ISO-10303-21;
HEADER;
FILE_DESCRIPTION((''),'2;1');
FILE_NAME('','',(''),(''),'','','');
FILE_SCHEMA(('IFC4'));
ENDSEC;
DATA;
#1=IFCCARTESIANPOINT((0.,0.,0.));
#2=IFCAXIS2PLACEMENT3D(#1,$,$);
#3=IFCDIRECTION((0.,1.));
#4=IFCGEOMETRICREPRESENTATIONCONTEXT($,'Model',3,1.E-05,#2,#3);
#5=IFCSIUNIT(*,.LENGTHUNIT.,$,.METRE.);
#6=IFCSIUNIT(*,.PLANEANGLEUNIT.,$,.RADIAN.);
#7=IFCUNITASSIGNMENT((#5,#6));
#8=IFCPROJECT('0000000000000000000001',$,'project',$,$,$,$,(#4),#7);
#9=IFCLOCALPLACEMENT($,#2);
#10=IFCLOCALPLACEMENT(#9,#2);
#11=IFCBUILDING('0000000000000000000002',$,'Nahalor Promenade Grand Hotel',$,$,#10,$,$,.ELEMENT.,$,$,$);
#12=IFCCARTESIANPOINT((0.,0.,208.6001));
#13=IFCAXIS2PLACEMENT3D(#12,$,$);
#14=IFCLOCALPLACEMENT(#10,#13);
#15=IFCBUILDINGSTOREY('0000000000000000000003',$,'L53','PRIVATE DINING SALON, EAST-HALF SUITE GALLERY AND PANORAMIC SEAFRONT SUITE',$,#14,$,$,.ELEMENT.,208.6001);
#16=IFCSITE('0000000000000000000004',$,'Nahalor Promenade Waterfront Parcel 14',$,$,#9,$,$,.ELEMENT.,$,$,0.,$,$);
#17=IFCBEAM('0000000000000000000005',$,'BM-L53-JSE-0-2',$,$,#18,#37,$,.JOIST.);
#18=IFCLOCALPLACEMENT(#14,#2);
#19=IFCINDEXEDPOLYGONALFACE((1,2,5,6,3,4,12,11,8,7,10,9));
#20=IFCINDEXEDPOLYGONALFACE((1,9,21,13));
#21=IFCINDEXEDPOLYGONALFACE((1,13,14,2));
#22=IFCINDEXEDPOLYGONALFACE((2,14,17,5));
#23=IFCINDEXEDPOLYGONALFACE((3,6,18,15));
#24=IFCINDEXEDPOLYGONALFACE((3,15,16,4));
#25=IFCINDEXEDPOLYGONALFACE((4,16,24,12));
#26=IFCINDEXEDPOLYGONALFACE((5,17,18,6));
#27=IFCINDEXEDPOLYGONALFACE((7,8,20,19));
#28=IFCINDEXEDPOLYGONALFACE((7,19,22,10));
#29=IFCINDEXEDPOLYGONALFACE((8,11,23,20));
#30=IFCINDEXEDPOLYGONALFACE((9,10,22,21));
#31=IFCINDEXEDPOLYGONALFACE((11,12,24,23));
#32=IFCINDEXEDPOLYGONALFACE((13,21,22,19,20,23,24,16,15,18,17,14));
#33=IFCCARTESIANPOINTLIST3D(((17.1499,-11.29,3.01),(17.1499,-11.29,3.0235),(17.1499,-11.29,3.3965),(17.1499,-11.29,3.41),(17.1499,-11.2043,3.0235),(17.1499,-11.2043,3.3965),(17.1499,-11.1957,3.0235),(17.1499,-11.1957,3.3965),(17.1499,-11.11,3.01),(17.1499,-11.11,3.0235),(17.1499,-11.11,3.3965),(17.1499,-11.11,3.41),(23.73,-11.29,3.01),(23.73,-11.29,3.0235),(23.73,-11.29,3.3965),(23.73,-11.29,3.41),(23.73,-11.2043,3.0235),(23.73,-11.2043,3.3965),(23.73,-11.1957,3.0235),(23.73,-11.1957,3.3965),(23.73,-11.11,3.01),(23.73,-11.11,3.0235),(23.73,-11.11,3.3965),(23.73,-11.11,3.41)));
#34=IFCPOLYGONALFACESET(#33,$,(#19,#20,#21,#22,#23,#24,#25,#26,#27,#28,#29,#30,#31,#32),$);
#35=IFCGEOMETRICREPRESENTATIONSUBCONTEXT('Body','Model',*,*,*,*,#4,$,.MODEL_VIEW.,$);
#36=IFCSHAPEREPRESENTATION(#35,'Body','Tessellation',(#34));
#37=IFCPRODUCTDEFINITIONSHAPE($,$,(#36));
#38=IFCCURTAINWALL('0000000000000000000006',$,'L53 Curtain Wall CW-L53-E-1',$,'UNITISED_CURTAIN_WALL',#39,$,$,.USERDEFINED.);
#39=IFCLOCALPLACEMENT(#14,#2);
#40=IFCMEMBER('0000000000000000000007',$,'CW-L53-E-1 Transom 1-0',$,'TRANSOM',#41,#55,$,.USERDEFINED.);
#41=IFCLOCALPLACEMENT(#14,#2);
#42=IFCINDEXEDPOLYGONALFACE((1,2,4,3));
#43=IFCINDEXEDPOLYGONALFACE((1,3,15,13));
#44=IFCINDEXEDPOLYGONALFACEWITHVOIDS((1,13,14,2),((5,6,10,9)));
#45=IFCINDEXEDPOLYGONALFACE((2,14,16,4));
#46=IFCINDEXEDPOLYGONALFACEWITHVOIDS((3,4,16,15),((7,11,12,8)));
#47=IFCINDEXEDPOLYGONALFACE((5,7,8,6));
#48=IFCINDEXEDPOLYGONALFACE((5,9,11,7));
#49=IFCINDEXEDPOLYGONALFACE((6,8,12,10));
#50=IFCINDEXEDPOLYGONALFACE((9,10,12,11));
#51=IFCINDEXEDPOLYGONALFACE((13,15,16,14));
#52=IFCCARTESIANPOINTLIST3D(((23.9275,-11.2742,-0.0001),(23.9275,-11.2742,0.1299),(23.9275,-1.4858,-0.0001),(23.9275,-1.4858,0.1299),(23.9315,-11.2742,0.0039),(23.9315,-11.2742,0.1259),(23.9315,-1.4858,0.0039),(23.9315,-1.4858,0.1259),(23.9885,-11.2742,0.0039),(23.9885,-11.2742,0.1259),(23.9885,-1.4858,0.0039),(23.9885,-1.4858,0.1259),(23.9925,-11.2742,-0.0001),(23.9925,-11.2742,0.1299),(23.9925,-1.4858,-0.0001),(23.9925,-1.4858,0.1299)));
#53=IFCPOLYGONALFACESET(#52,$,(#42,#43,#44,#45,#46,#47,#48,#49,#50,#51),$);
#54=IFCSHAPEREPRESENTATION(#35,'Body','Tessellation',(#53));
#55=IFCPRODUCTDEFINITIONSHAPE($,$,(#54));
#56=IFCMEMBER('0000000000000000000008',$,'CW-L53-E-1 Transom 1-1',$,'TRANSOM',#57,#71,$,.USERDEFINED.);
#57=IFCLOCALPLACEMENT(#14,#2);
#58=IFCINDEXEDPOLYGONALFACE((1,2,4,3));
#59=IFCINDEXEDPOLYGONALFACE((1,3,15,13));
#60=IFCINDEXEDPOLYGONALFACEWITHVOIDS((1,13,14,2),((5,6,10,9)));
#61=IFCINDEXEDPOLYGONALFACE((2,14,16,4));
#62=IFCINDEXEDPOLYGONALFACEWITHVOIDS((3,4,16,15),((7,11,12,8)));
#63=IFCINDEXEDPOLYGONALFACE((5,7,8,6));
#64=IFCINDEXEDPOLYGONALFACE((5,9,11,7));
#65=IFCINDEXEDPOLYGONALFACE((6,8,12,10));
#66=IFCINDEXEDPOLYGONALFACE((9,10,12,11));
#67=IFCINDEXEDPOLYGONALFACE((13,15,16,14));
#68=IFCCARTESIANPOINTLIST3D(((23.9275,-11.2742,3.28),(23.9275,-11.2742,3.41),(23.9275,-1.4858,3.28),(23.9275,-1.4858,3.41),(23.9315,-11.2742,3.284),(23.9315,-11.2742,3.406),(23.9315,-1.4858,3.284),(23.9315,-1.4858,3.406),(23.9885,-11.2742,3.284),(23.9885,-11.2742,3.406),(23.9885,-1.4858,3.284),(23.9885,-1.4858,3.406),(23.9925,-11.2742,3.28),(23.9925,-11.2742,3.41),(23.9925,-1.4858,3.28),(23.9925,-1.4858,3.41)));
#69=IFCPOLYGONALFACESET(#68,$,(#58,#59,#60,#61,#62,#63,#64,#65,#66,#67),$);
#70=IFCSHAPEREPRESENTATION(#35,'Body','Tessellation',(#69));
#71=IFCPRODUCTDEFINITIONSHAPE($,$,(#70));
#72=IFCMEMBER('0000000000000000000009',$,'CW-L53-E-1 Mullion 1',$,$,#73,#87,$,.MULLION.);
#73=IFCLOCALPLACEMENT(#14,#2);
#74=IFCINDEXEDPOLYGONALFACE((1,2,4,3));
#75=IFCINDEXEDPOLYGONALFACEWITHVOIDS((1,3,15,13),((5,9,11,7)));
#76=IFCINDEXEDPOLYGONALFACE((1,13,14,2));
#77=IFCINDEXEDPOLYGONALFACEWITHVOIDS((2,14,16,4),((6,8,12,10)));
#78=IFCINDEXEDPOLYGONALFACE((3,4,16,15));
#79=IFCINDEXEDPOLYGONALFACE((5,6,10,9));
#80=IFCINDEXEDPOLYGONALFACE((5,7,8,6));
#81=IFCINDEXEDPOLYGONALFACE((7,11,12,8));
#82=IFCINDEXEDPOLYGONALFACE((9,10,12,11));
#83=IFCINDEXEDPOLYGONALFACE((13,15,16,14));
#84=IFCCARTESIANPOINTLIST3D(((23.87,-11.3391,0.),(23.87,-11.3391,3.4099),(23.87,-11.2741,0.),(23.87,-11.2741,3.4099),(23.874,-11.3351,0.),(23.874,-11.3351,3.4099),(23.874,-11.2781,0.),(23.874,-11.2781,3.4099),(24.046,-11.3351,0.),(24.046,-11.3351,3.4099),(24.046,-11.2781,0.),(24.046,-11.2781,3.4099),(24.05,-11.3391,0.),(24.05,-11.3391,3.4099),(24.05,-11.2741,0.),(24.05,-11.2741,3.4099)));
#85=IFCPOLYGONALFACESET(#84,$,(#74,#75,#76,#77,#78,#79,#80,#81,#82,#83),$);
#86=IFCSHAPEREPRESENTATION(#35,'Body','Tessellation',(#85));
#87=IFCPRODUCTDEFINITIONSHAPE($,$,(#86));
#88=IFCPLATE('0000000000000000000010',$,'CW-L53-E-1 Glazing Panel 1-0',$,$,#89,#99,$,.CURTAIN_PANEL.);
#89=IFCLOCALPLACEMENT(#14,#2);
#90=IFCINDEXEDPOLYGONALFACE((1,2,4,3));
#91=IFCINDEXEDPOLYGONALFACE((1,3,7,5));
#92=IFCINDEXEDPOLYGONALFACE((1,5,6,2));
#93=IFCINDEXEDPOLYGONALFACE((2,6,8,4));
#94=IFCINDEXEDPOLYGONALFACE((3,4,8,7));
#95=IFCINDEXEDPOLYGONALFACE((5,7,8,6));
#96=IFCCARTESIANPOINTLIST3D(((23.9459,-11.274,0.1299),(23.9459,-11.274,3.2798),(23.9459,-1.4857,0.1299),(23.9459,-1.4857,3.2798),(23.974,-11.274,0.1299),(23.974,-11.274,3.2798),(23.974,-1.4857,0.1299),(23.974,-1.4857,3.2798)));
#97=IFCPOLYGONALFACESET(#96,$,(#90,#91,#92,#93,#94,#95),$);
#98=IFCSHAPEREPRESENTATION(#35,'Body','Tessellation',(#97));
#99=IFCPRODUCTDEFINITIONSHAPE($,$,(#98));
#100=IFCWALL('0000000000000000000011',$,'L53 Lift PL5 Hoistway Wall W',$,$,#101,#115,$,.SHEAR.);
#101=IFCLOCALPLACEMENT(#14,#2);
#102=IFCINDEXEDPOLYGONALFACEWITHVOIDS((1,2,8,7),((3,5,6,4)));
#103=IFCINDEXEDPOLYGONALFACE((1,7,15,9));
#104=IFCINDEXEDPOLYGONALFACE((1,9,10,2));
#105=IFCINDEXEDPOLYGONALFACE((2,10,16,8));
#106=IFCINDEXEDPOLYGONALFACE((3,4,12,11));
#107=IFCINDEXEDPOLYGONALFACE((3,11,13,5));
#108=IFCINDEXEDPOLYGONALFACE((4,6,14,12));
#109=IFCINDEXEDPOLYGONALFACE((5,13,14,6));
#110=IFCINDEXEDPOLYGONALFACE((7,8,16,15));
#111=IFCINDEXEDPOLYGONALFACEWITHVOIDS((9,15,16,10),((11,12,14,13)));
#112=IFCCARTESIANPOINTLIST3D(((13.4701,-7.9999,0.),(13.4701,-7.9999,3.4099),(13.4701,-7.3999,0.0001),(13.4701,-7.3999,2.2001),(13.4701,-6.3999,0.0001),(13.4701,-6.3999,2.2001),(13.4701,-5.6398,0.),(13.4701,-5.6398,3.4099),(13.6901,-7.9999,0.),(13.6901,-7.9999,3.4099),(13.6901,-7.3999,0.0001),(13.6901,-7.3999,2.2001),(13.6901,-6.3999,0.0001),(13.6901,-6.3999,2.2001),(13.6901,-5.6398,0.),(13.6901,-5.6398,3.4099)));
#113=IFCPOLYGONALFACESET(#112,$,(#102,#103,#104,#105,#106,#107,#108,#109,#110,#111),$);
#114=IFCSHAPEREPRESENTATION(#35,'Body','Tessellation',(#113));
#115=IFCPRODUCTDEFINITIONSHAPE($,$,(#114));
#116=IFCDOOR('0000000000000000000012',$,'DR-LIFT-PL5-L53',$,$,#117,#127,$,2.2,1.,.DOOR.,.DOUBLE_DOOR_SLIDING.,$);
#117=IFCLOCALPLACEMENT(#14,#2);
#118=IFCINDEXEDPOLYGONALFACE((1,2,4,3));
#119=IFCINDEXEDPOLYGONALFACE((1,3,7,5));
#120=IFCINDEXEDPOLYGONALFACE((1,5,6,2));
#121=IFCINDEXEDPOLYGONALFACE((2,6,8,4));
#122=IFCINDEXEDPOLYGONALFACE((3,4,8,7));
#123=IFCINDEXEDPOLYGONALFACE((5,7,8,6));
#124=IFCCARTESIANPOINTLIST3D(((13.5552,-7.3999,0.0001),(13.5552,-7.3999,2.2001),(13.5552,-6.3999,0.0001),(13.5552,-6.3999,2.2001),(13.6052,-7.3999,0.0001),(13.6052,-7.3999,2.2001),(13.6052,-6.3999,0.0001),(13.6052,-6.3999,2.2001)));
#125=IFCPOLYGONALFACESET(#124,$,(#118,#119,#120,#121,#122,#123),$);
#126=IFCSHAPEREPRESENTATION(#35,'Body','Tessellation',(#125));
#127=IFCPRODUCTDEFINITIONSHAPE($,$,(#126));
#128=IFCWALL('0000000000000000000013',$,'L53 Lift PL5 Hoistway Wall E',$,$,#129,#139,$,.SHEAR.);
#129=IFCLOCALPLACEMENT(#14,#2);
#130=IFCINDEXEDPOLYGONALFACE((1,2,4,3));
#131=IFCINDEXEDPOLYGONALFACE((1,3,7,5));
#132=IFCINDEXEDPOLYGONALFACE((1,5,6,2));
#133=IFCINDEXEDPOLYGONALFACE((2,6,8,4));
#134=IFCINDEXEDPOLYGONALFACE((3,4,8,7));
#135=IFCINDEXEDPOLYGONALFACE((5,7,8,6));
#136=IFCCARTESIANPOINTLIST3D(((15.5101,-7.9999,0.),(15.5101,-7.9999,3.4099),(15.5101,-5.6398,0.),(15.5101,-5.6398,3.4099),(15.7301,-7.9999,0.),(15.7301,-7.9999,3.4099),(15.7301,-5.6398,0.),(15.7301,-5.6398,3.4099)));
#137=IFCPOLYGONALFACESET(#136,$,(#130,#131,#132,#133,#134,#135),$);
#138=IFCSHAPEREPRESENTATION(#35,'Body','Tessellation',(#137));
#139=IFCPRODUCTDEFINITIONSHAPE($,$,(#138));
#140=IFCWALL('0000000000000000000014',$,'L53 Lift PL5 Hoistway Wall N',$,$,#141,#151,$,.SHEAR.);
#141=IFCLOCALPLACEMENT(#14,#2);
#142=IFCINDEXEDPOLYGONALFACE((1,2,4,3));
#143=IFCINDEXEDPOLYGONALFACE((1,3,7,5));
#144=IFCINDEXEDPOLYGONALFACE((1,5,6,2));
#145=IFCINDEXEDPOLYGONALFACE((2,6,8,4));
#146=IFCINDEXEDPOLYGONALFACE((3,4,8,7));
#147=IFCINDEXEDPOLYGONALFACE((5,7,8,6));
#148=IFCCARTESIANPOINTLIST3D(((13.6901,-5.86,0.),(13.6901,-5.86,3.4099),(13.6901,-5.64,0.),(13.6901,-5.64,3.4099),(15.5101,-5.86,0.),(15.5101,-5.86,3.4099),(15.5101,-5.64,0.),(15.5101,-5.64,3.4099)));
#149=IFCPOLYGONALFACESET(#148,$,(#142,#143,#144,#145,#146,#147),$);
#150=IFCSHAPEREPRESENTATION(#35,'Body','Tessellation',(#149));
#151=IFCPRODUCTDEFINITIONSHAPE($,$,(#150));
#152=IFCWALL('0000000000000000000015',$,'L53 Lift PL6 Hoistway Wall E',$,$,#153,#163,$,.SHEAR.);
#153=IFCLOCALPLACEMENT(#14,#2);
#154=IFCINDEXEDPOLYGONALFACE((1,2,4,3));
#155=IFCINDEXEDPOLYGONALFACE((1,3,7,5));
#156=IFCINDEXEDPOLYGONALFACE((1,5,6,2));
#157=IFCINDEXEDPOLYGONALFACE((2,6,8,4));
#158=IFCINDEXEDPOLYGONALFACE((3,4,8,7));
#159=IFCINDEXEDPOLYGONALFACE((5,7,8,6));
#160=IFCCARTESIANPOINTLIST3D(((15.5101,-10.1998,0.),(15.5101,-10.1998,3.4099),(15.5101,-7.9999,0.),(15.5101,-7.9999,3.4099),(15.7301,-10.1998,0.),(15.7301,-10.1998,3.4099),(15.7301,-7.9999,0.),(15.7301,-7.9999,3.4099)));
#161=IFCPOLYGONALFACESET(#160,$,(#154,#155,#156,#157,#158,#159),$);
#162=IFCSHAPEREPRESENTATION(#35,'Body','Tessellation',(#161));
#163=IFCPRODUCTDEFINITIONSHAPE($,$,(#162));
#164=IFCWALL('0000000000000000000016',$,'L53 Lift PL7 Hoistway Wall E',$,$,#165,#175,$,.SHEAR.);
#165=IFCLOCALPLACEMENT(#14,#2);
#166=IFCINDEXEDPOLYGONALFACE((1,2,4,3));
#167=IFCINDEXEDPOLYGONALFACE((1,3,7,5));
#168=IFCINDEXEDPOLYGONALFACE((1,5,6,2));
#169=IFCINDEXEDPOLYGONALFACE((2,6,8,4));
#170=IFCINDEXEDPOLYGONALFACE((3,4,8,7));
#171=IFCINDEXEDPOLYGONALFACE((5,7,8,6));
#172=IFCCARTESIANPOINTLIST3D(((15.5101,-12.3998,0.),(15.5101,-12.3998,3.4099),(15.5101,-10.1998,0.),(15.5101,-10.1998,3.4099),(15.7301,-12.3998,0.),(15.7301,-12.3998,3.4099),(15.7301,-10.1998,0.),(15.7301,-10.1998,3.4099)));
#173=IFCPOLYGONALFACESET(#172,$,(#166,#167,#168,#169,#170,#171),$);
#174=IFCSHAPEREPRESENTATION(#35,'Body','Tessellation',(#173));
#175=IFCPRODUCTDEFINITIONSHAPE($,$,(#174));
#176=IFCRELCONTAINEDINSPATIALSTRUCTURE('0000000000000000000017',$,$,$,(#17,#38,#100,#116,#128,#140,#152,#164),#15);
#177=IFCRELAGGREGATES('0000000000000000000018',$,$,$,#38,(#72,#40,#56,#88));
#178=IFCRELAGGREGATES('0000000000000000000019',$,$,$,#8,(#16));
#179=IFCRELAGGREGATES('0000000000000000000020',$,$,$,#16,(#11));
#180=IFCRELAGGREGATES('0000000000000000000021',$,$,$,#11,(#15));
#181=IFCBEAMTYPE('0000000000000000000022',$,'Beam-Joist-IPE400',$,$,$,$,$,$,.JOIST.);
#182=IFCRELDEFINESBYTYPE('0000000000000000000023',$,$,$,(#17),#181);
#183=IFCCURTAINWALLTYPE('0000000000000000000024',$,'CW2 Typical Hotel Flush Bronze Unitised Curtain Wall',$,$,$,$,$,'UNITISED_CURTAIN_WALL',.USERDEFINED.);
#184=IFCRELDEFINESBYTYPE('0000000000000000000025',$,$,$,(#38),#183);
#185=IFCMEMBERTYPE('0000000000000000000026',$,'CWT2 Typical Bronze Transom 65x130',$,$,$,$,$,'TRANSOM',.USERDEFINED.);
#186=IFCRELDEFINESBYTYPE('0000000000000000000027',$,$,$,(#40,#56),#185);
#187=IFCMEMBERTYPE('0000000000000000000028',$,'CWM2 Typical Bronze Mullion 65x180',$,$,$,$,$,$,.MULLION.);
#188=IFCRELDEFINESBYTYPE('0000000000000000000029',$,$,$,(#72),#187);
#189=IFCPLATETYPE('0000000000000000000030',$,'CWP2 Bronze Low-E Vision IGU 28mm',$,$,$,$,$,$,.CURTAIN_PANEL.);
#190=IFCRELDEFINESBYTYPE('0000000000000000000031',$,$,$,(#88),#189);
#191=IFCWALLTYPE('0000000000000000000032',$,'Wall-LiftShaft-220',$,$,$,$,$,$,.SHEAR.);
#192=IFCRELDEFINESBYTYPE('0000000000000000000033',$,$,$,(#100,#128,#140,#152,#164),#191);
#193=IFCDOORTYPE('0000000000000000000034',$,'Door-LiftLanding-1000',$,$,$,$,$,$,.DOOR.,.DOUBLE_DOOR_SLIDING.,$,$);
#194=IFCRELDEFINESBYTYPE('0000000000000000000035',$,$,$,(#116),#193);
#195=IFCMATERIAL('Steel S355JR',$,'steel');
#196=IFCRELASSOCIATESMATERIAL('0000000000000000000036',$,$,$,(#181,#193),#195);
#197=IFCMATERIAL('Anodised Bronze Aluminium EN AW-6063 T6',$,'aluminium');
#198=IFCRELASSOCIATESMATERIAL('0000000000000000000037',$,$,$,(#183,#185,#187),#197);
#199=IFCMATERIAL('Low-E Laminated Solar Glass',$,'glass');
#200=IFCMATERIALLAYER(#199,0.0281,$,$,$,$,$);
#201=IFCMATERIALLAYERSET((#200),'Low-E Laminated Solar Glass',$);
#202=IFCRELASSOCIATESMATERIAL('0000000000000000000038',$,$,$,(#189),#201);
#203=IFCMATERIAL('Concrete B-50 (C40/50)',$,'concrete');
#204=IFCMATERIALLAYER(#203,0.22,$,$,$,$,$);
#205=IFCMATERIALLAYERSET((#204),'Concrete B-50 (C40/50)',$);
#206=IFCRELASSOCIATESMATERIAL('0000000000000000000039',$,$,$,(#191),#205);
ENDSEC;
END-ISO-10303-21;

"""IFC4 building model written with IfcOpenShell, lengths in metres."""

from ifc_helpers import new_model, si_unit, direction, frame, frame_2d, origin, origin_2d, place, context, subcontext, project, spatial, rectangle, hollow_rectangle, i_section, extrude, source, transform, mapped, material, layer, layer_set, material_profile, profile_set, type_object, element, fill, aggregate, save


model = new_model("IFC4")

# Units and contexts
model_context = context("Model", 3, precision=1e-05, world=origin(), true_north=direction((0.0, 1.0)))
body_context = subcontext(model_context, "Body", "Model", "MODEL_VIEW")
ifc_project = project(units=[si_unit("LENGTHUNIT", "METRE"), si_unit("PLANEANGLEUNIT", "RADIAN")], contexts=[model_context])

# Site, building, storey
site_placement = place(None, origin())
site = spatial("IfcSite", under=ifc_project, at=site_placement, Name="Nahalor Promenade Waterfront Parcel 14", CompositionType="ELEMENT", RefElevation=0.0)
building_placement = place(site_placement, origin())
building = spatial("IfcBuilding", under=site, at=building_placement, Name="Nahalor Promenade Grand Hotel", CompositionType="ELEMENT")
storey_placement = place(building_placement, frame((0.0, 0.0, 208.6001)))
storey = spatial("IfcBuildingStorey", under=building, at=storey_placement, Name="L53", Description="PRIVATE DINING SALON, EAST-HALF SUITE GALLERY AND PANORAMIC SEAFRONT SUITE", CompositionType="ELEMENT", Elevation=208.6001)

# Shared definitions
ifc_material_1 = material(Name="Steel S355JR", Category="steel")

# Beam
ifc_material_profile_1 = material_profile(ifc_material_1, i_section(OverallWidth=0.18, OverallDepth=0.4, WebThickness=0.0086, FlangeThickness=0.0135, at=origin_2d()), Name="IPE 400")
ifc_profile_set_1 = profile_set([ifc_material_profile_1], Name="Steel S355JR")
beam_type_1 = type_object("IfcBeamType", Name="Beam-Joist-IPE400", PredefinedType="JOIST", material=ifc_profile_set_1)
shared_shape_1 = source(origin(), body_context, "Body", "SweptSolid", [
    extrude(i_section(OverallWidth=0.18, OverallDepth=0.4, WebThickness=0.0086, FlangeThickness=0.0135, at=origin_2d()), origin(), (0.0, 0.0, 1.0), 6.5801),
])
beam_1_placement = place(storey_placement, frame((17.1499, -11.2, 3.21), z_axis=(1.0, 0.0, 0.0), x_axis=(0.0, 1.0, 0.0)))
element("IfcBeam", 1, at=beam_1_placement, inside=storey, type_object=beam_type_1, Name="BM-L53-JSE-0-2", PredefinedType="JOIST", context=body_context, shape_type="MappedRepresentation", body=[
    mapped(shared_shape_1, transform((0.0, 0.0, 0.0), scale=1.0)),
])

# Curtain wall, members, plate
ifc_material_2 = material(Name="Anodised Bronze Aluminium EN AW-6063 T6", Category="aluminium")
curtain_wall_type = type_object("IfcCurtainWallType", Name="CW2 Typical Hotel Flush Bronze Unitised Curtain Wall", ElementType="UNITISED_CURTAIN_WALL", PredefinedType="USERDEFINED", material=ifc_material_2)
curtain_wall_placement = place(storey_placement, origin())
curtain_wall = element("IfcCurtainWall", 2, at=curtain_wall_placement, inside=storey, type_object=curtain_wall_type, Name="L53 Curtain Wall CW-L53-E-1", ObjectType="UNITISED_CURTAIN_WALL", PredefinedType="USERDEFINED")
ifc_material_profile_2 = material_profile(ifc_material_2, hollow_rectangle(XDim=0.065, YDim=0.13, WallThickness=0.004, at=origin_2d()), Name="CWT 65x130x4")
ifc_profile_set_2 = profile_set([ifc_material_profile_2], Name="Anodised Bronze Aluminium EN AW-6063 T6")
member_type_1 = type_object("IfcMemberType", Name="CWT2 Typical Bronze Transom 65x130", ElementType="TRANSOM", PredefinedType="USERDEFINED", material=ifc_profile_set_2)
shared_shape_2 = source(origin(), body_context, "Body", "SweptSolid", [
    extrude(hollow_rectangle(XDim=0.065, YDim=0.13, WallThickness=0.004, at=origin_2d()), origin(), (0.0, 0.0, 1.0), 9.7883),
])
member_1_placement = place(storey_placement, frame((23.96, -11.2742, 0.0649), z_axis=(0.0, 1.0, 0.0), x_axis=(-1.0, 0.0, 0.0)))
member_1 = element("IfcMember", 3, at=member_1_placement, type_object=member_type_1, Name="CW-L53-E-1 Transom 1-0", ObjectType="TRANSOM", PredefinedType="USERDEFINED", context=body_context, shape_type="MappedRepresentation", body=[
    mapped(shared_shape_2, transform((0.0, 0.0, 0.0), scale=1.0)),
])
member_2_placement = place(storey_placement, frame((23.96, -11.2742, 3.345), z_axis=(0.0, 1.0, 0.0), x_axis=(-1.0, 0.0, 0.0)))
member_2 = element("IfcMember", 4, at=member_2_placement, type_object=member_type_1, Name="CW-L53-E-1 Transom 1-1", ObjectType="TRANSOM", PredefinedType="USERDEFINED", context=body_context, shape_type="MappedRepresentation", body=[
    mapped(shared_shape_2, transform((0.0, 0.0, 0.0), scale=1.0)),
])
ifc_material_profile_3 = material_profile(ifc_material_2, hollow_rectangle(XDim=0.065, YDim=0.18, WallThickness=0.004, at=origin_2d()), Name="CWM 65x180x4")
ifc_profile_set_3 = profile_set([ifc_material_profile_3], Name="Anodised Bronze Aluminium EN AW-6063 T6")
member_type_2 = type_object("IfcMemberType", Name="CWM2 Typical Bronze Mullion 65x180", PredefinedType="MULLION", material=ifc_profile_set_3)
shared_shape_3 = source(origin(), body_context, "Body", "SweptSolid", [
    extrude(hollow_rectangle(XDim=0.065, YDim=0.18, WallThickness=0.004, at=origin_2d()), origin(), (0.0, 0.0, 1.0), 3.4099),
])
member_3_placement = place(storey_placement, frame((23.96, -11.3066, 0.0), z_axis=(0.0, 0.0, 1.0), x_axis=(0.0, 1.0, 0.0)))
member_3 = element("IfcMember", 5, at=member_3_placement, type_object=member_type_2, Name="CW-L53-E-1 Mullion 1", PredefinedType="MULLION", context=body_context, shape_type="MappedRepresentation", body=[
    mapped(shared_shape_3, transform((0.0, 0.0, 0.0), scale=1.0)),
])
ifc_material_3 = material(Name="Low-E Laminated Solar Glass", Category="glass")
ifc_layer_1 = layer(ifc_material_3, 0.0281)
ifc_layer_set_1 = layer_set([ifc_layer_1], Name="Low-E Laminated Solar Glass")
plate_type = type_object("IfcPlateType", Name="CWP2 Bronze Low-E Vision IGU 28mm", PredefinedType="CURTAIN_PANEL", material=ifc_layer_set_1)
shared_shape_4 = source(origin(), body_context, "Body", "SweptSolid", [
    extrude(rectangle(XDim=9.7883, YDim=0.0281, at=origin_2d()), origin(), (0.0, 0.0, 1.0), 3.1499),
])
plate_placement = place(storey_placement, frame((23.96, -6.3799, 0.1299), z_axis=(0.0, 0.0, 1.0), x_axis=(0.0, 1.0, 0.0)))
plate = element("IfcPlate", 6, at=plate_placement, type_object=plate_type, Name="CW-L53-E-1 Glazing Panel 1-0", PredefinedType="CURTAIN_PANEL", context=body_context, shape_type="MappedRepresentation", body=[
    mapped(shared_shape_4, transform((0.0, 0.0, 0.0), scale=1.0)),
])
aggregate(curtain_wall, [member_3, member_1, member_2, plate])

# Wall, opening, door
ifc_material_4 = material(Name="Concrete B-50 (C40/50)", Category="concrete")
ifc_layer_2 = layer(ifc_material_4, 0.22)
ifc_layer_set_2 = layer_set([ifc_layer_2], Name="Concrete B-50 (C40/50)")
wall_type_1 = type_object("IfcWallType", Name="Wall-LiftShaft-220", PredefinedType="SHEAR", material=ifc_layer_set_2)
shared_shape_5 = source(origin(), body_context, "Body", "SweptSolid", [
    extrude(rectangle(XDim=2.3601, YDim=0.22, at=frame_2d((1.1802, 0.0))), origin(), (0.0, 0.0, 1.0), 3.4099),
])
wall_1_placement = place(storey_placement, frame((13.5801, -8.0, 0.0), z_axis=(0.0, 0.0, 1.0), x_axis=(0.0, 1.0, 0.0)))
wall_1 = element("IfcWall", 7, at=wall_1_placement, inside=storey, type_object=wall_type_1, Name="L53 Lift PL5 Hoistway Wall W", PredefinedType="SHEAR", context=body_context, shape_type="MappedRepresentation", body=[
    mapped(shared_shape_5, transform((0.0, 0.0, 0.0), scale=1.0)),
])
opening_1_placement = place(wall_1_placement, frame((0.6001, 0.0, 0.0)))
opening_1 = element("IfcOpeningElement", 8, at=opening_1_placement, cuts=wall_1, PredefinedType="OPENING", context=body_context, shape_type="SweptSolid", body=[
    extrude(rectangle(XDim=1.0, YDim=2.2, at=frame_2d((0.5, 1.1001))), frame((0.0, 0.1199, 0.0), z_axis=(0.0, -1.0, 0.0), x_axis=(1.0, 0.0, 0.0)), (0.0, 0.0, 1.0), 0.24),
])
door_type_1 = type_object("IfcDoorType", Name="Door-LiftLanding-1000", OperationType="DOUBLE_DOOR_SLIDING", PredefinedType="DOOR", material=ifc_material_1)
shared_shape_6 = source(origin(), body_context, "Body", "SweptSolid", [
    extrude(rectangle(XDim=1.0, YDim=2.2, at=frame_2d((0.5, 1.1001))), frame((0.0, 0.0249, 0.0), z_axis=(0.0, -1.0, 0.0), x_axis=(1.0, 0.0, 0.0)), (0.0, 0.0, 1.0), 0.05),
])
door_1_placement = place(opening_1_placement, origin())
door_1 = element("IfcDoor", 9, at=door_1_placement, inside=storey, type_object=door_type_1, Name="DR-LIFT-PL5-L53", OperationType="DOUBLE_DOOR_SLIDING", OverallHeight=2.2, OverallWidth=1.0, PredefinedType="DOOR", context=body_context, shape_type="MappedRepresentation", body=[
    mapped(shared_shape_6, transform((0.0, 0.0, 0.0), scale=1.0)),
])
fill(opening_1, door_1)

# Walls
wall_2_placement = place(storey_placement, frame((15.6201, -8.0, 0.0), z_axis=(0.0, 0.0, 1.0), x_axis=(0.0, 1.0, 0.0)))
element("IfcWall", 10, at=wall_2_placement, inside=storey, type_object=wall_type_1, Name="L53 Lift PL5 Hoistway Wall E", PredefinedType="SHEAR", context=body_context, shape_type="MappedRepresentation", body=[
    mapped(shared_shape_5, transform((0.0, 0.0, 0.0), scale=1.0)),
])
shared_shape_7 = source(origin(), body_context, "Body", "SweptSolid", [
    extrude(rectangle(XDim=1.8201, YDim=0.22, at=frame_2d((0.9102, 0.0))), origin(), (0.0, 0.0, 1.0), 3.4099),
])
wall_3_placement = place(storey_placement, frame((13.6899, -5.75, 0.0), z_axis=(0.0, 0.0, 1.0), x_axis=(1.0, 0.0, 0.0)))
element("IfcWall", 11, at=wall_3_placement, inside=storey, type_object=wall_type_1, Name="L53 Lift PL5 Hoistway Wall N", PredefinedType="SHEAR", context=body_context, shape_type="MappedRepresentation", body=[
    mapped(shared_shape_7, transform((0.0, 0.0, 0.0), scale=1.0)),
])
shared_shape_8 = source(origin(), body_context, "Body", "SweptSolid", [
    extrude(rectangle(XDim=2.2, YDim=0.22, at=frame_2d((1.1001, 0.0))), origin(), (0.0, 0.0, 1.0), 3.4099),
])
for number, where, z_axis, x_axis, name in (
    (12, (15.6201, -10.2, 0.0), (0.0, 0.0, 1.0), (0.0, 1.0, 0.0), "L53 Lift PL6 Hoistway Wall E"),
    (13, (15.6201, -12.3999, 0.0), (0.0, 0.0, 1.0), (0.0, 1.0, 0.0), "L53 Lift PL7 Hoistway Wall E"),
):
    element("IfcWall", number, at=place(storey_placement, frame(where, z_axis=z_axis, x_axis=x_axis)), inside=storey, type_object=wall_type_1, Name=name, PredefinedType="SHEAR", context=body_context, shape_type="MappedRepresentation", body=[
        mapped(shared_shape_8, transform((0.0, 0.0, 0.0), scale=1.0)),
    ])

save(model, "model.ifc")
